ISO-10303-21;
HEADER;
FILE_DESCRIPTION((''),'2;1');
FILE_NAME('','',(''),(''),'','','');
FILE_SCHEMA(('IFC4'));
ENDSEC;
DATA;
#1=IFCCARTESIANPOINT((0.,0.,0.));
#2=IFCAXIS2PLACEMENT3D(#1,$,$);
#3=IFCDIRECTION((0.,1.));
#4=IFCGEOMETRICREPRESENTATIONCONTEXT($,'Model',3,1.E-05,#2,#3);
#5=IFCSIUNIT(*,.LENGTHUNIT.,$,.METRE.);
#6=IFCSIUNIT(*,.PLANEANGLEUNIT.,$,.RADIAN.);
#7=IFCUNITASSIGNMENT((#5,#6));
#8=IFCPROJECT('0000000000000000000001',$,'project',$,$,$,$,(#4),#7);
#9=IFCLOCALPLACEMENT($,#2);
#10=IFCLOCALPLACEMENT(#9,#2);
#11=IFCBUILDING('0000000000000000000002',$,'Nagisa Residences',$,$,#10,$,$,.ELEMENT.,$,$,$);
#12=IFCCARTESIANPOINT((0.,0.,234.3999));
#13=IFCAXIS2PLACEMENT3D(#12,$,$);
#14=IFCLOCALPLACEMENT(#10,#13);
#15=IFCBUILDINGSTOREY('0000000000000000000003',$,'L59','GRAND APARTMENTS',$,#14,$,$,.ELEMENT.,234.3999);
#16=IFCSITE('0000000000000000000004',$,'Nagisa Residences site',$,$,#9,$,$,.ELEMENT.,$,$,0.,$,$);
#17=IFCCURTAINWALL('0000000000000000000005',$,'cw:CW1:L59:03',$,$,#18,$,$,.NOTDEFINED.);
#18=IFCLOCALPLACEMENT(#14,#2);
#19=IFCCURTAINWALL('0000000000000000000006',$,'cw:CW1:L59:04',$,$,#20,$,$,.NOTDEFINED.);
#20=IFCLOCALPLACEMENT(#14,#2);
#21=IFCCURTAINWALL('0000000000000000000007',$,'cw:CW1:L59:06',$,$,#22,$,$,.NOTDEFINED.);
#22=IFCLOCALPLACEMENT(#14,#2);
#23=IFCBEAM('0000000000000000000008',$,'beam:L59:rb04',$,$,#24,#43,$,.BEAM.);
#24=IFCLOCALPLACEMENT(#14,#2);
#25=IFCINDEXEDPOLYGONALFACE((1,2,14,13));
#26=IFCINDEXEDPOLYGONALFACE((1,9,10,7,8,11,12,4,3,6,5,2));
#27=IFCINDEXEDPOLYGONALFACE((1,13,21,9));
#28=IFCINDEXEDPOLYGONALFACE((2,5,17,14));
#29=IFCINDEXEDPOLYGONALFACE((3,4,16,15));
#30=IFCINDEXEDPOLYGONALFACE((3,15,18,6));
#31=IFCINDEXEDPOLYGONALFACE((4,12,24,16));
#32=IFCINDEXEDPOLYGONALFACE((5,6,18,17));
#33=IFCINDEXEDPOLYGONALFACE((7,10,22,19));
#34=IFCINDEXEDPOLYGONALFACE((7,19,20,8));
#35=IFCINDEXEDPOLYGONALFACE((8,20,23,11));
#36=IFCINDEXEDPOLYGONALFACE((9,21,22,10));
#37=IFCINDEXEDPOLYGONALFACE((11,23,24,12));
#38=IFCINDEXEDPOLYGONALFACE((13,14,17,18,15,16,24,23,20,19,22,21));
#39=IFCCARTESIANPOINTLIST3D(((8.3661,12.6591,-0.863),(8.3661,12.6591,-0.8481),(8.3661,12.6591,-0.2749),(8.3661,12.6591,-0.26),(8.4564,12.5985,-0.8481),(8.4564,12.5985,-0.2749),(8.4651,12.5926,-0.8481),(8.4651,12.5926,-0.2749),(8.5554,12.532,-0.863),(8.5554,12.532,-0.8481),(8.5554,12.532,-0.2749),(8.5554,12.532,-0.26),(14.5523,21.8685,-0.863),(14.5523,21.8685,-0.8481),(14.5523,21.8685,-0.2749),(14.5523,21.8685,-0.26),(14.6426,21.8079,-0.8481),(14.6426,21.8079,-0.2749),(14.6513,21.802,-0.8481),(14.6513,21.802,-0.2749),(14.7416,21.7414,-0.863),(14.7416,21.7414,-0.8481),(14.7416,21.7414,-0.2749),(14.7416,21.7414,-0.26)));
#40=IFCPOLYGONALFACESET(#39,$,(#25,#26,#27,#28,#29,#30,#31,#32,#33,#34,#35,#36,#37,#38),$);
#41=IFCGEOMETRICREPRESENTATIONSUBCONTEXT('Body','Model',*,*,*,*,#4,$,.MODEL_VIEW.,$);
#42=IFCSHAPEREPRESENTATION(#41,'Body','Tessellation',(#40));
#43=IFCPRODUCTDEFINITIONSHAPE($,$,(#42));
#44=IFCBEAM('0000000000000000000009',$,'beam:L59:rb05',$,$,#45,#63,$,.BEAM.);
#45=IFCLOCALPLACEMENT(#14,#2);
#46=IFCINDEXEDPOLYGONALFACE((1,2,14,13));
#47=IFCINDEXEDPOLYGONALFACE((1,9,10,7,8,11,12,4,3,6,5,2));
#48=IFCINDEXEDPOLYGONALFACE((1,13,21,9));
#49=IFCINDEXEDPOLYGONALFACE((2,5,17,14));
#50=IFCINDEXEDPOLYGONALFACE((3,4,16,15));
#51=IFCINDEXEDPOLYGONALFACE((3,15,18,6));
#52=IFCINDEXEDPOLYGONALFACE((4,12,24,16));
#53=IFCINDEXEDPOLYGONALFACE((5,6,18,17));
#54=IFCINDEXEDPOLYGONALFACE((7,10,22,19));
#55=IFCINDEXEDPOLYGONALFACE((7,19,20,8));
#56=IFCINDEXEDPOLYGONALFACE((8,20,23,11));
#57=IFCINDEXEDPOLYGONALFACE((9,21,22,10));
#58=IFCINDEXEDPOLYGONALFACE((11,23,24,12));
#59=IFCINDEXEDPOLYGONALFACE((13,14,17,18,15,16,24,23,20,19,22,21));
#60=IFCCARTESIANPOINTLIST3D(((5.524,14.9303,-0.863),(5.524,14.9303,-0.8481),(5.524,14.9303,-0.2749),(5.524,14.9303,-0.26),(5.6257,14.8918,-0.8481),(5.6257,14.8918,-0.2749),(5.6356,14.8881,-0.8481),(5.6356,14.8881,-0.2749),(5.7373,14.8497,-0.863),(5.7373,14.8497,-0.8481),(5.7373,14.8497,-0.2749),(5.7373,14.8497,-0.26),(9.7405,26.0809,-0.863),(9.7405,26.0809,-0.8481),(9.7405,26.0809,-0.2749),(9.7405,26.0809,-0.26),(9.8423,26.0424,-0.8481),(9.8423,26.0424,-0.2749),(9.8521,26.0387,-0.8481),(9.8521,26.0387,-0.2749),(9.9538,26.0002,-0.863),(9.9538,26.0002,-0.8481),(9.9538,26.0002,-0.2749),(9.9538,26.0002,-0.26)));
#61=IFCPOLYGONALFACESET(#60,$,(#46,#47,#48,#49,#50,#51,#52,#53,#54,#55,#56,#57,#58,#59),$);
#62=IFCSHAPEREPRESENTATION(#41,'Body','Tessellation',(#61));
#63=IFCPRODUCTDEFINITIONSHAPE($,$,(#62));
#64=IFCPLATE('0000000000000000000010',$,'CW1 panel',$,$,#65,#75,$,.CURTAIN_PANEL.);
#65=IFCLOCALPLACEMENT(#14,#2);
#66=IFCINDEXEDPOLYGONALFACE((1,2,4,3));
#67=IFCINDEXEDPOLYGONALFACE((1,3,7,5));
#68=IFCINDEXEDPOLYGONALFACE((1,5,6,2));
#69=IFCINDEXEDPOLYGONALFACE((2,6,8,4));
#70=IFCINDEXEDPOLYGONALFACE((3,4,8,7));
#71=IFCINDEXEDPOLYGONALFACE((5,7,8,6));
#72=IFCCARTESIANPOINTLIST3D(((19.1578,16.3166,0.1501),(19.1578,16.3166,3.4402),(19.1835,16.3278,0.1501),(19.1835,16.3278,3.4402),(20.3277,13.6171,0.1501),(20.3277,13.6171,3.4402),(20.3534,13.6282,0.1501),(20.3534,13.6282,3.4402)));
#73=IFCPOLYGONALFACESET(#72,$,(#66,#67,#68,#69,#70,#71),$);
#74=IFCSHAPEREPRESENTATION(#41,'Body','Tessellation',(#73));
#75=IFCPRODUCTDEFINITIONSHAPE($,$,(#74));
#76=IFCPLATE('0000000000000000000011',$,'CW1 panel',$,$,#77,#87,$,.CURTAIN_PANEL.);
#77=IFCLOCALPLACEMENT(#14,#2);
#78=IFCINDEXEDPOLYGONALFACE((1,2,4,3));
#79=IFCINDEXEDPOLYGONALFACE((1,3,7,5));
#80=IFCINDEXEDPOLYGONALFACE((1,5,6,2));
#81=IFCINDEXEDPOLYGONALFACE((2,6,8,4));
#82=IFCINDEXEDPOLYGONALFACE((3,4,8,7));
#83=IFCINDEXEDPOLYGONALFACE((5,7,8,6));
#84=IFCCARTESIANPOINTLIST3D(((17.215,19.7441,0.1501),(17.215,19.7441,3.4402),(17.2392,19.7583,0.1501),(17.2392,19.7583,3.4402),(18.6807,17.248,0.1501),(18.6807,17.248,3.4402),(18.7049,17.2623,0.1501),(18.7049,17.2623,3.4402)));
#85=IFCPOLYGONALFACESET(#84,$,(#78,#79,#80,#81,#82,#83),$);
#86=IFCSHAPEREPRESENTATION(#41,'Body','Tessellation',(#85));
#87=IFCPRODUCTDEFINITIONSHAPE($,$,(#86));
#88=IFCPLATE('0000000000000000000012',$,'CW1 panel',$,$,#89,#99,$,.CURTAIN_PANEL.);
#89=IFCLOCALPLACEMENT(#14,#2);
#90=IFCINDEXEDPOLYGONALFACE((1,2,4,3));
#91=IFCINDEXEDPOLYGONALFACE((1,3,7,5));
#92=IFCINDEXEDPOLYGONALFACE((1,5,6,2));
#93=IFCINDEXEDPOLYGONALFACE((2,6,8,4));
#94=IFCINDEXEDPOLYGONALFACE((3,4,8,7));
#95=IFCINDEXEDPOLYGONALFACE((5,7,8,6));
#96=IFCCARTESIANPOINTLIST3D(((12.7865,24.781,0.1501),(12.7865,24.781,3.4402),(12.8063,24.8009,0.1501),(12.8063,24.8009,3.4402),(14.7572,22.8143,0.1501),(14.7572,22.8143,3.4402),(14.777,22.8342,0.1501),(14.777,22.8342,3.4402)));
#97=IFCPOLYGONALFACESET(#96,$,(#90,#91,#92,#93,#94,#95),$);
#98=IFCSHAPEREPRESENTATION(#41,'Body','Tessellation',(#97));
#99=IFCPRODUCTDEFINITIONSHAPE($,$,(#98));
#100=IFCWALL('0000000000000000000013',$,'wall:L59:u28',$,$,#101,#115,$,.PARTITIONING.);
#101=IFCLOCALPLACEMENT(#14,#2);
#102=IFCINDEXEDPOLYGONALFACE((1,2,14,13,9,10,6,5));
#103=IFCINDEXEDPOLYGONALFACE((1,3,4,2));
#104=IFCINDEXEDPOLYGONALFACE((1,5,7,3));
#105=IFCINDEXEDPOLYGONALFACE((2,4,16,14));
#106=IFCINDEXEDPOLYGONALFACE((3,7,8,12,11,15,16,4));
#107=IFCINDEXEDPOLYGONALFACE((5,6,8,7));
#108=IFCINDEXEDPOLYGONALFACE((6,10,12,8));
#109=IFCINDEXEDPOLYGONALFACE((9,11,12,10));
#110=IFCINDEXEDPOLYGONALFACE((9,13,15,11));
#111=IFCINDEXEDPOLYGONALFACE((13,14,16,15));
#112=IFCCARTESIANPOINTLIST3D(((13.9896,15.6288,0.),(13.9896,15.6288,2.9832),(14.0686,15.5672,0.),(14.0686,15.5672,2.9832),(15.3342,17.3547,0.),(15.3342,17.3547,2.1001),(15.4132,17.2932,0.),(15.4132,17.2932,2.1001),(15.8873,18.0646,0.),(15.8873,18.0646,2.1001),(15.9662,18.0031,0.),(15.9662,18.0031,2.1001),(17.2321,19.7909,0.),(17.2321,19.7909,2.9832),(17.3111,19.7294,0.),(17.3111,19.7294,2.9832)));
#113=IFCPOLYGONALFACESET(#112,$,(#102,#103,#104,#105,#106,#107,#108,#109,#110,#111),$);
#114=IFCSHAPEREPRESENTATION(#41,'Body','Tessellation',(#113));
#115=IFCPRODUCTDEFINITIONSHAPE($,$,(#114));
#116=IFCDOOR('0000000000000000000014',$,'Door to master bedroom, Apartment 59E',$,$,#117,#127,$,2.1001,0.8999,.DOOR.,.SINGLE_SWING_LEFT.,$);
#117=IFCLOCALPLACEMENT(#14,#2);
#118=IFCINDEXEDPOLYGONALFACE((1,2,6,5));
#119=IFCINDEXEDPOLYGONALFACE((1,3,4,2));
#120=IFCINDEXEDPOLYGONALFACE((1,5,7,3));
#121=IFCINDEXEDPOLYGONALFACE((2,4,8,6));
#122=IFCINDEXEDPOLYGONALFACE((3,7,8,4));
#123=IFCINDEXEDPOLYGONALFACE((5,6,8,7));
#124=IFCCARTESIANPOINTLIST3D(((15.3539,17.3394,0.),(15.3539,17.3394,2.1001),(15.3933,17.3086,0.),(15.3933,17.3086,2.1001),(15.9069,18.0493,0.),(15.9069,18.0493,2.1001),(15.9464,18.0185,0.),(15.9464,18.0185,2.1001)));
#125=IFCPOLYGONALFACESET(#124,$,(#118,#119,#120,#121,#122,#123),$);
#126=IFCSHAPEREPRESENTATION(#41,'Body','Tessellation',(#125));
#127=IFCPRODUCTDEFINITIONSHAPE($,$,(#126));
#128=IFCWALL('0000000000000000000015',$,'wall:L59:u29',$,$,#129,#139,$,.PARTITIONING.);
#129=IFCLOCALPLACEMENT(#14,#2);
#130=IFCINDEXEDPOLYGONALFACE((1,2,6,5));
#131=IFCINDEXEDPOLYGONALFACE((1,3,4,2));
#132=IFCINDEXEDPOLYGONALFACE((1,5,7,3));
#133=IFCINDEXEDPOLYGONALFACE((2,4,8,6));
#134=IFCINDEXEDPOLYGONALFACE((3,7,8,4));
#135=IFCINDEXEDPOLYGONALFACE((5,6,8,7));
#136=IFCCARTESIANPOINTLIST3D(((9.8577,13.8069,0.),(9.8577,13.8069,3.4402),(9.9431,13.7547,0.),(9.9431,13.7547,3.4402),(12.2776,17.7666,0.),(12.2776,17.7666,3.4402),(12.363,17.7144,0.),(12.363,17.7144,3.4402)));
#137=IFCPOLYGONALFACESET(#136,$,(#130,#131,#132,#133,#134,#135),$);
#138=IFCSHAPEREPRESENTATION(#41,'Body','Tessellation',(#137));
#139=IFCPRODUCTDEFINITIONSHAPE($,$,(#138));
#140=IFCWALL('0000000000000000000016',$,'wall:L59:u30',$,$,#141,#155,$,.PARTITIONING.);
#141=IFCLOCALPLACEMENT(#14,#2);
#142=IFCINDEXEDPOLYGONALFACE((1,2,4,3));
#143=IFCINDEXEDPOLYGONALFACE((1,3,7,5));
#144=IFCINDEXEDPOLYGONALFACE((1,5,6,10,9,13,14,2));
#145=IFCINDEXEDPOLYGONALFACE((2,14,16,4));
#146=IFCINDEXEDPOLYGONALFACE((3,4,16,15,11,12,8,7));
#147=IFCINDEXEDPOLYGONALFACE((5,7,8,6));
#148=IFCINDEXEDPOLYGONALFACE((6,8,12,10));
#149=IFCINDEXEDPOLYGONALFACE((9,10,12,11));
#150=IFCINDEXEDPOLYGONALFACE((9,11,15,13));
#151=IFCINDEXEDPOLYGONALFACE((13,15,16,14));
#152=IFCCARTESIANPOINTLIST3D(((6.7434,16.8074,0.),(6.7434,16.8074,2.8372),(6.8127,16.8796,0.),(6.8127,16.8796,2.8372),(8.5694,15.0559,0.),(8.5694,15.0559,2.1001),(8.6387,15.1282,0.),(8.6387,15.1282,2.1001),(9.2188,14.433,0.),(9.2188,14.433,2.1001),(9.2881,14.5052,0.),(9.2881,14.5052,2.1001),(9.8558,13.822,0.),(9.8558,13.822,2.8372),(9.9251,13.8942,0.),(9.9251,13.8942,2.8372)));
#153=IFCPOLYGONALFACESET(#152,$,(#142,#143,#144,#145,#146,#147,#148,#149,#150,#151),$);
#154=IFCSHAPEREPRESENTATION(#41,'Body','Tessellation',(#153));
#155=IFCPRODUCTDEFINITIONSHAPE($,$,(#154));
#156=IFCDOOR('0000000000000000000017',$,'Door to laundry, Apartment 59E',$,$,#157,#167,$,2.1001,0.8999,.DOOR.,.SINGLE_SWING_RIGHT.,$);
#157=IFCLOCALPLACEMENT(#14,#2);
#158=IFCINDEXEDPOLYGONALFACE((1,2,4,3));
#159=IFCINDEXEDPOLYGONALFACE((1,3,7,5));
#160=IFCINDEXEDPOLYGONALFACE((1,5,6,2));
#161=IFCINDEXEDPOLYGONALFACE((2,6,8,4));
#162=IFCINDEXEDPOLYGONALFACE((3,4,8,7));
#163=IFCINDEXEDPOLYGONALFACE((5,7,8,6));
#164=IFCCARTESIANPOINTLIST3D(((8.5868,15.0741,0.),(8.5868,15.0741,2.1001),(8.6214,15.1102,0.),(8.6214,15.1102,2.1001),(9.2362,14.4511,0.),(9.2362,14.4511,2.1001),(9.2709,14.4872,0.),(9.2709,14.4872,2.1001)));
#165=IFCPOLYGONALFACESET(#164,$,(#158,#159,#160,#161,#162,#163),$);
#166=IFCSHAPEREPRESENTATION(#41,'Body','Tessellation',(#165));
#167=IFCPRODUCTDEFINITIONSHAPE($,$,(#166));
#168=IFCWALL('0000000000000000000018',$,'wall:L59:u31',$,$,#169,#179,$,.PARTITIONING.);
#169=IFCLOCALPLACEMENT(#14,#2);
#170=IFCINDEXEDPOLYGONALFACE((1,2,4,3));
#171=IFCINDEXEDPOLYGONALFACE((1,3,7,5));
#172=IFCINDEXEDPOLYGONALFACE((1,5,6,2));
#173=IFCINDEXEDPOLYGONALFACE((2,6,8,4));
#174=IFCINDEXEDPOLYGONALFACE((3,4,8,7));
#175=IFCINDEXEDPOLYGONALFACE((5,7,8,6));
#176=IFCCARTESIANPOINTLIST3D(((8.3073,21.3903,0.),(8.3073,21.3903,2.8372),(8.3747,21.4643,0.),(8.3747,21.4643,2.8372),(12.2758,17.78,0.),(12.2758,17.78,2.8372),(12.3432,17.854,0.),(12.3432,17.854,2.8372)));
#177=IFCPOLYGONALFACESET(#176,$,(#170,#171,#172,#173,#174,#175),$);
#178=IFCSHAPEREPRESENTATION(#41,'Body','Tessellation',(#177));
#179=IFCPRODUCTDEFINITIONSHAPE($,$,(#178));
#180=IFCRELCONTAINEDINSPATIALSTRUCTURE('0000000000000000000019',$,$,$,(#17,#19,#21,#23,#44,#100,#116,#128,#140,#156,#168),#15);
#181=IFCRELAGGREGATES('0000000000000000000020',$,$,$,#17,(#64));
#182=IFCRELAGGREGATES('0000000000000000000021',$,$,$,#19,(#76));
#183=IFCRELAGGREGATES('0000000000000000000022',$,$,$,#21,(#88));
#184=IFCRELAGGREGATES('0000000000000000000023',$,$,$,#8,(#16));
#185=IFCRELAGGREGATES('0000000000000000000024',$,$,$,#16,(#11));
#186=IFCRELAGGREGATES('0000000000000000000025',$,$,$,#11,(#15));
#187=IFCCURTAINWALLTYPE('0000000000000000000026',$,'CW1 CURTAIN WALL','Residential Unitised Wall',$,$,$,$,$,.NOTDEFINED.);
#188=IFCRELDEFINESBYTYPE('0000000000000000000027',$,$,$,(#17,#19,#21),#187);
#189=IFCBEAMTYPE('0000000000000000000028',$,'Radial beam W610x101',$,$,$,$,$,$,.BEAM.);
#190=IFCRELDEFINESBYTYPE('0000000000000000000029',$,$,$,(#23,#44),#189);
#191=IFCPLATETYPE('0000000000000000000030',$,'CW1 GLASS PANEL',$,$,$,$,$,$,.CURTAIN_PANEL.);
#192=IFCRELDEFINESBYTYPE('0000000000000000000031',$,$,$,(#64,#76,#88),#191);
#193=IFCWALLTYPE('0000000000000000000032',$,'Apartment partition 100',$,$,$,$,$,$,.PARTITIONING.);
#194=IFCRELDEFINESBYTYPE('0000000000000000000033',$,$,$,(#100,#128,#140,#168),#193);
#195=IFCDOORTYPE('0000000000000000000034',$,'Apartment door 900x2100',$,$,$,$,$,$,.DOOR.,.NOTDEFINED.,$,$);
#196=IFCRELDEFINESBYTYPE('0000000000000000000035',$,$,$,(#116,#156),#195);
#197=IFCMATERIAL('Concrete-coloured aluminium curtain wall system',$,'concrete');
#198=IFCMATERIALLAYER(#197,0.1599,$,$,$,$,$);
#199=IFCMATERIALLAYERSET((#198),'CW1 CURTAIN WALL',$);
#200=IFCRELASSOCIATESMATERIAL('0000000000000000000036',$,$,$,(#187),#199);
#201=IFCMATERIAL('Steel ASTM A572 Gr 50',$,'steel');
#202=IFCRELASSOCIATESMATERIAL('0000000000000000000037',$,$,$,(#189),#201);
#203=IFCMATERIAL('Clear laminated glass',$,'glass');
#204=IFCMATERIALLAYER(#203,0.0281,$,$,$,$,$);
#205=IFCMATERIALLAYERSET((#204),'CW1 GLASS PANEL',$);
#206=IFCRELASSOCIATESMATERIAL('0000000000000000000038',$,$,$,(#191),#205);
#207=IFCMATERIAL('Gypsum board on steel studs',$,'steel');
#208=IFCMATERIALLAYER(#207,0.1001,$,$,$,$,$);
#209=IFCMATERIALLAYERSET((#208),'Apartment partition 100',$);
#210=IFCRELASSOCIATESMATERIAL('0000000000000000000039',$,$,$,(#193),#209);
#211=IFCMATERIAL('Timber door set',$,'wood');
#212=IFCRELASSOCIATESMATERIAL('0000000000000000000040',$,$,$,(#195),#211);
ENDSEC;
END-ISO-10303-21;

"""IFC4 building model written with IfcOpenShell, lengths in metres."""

from ifc_helpers import new_model, si_unit, direction, frame, frame_2d, origin, origin_2d, place, context, subcontext, project, spatial, rectangle, i_section, extrude, material, layer, layer_set, material_profile, profile_set, type_object, element, fill, aggregate, save


model = new_model("IFC4")

# Units and contexts
model_context = context("Model", 3, precision=1e-05, world=origin(), true_north=direction((0.0, 1.0)))
body_context = subcontext(model_context, "Body", "Model", "MODEL_VIEW")
ifc_project = project(units=[si_unit("LENGTHUNIT", "METRE"), si_unit("PLANEANGLEUNIT", "RADIAN")], contexts=[model_context])

# Site, building, storey
site_placement = place(None, origin())
site = spatial("IfcSite", under=ifc_project, at=site_placement, Name="Nagisa Residences site", CompositionType="ELEMENT", RefElevation=0.0)
building_placement = place(site_placement, origin())
building = spatial("IfcBuilding", under=site, at=building_placement, Name="Nagisa Residences", CompositionType="ELEMENT")
storey_placement = place(building_placement, frame((0.0, 0.0, 234.3999)))
storey = spatial("IfcBuildingStorey", under=building, at=storey_placement, Name="L59", Description="GRAND APARTMENTS", CompositionType="ELEMENT", Elevation=234.3999)

# Curtain walls
ifc_material_1 = material(Name="Concrete-coloured aluminium curtain wall system", Category="concrete")
ifc_layer_1 = layer(ifc_material_1, 0.1599)
ifc_layer_set_1 = layer_set([ifc_layer_1], Name="CW1 CURTAIN WALL")
curtain_wall_type = type_object("IfcCurtainWallType", Name="CW1 CURTAIN WALL", Description="Residential Unitised Wall", PredefinedType="NOTDEFINED", material=ifc_layer_set_1)
curtain_wall_1_placement = place(storey_placement, origin())
curtain_wall_1 = element("IfcCurtainWall", 1, at=curtain_wall_1_placement, inside=storey, type_object=curtain_wall_type, Name="cw:CW1:L59:03", PredefinedType="NOTDEFINED")
curtain_wall_2_placement = place(storey_placement, origin())
curtain_wall_2 = element("IfcCurtainWall", 2, at=curtain_wall_2_placement, inside=storey, type_object=curtain_wall_type, Name="cw:CW1:L59:04", PredefinedType="NOTDEFINED")
curtain_wall_3_placement = place(storey_placement, origin())
curtain_wall_3 = element("IfcCurtainWall", 3, at=curtain_wall_3_placement, inside=storey, type_object=curtain_wall_type, Name="cw:CW1:L59:06", PredefinedType="NOTDEFINED")

# Beams
ifc_material_2 = material(Name="Steel ASTM A572 Gr 50", Category="steel")
ifc_material_profile_1 = material_profile(ifc_material_2, i_section(OverallWidth=0.228, OverallDepth=0.603, WebThickness=0.0105, FlangeThickness=0.0149, at=origin_2d()), Name="W610x101")
ifc_profile_set_1 = profile_set([ifc_material_profile_1], Name="Steel ASTM A572 Gr 50")
beam_type_1 = type_object("IfcBeamType", Name="Radial beam W610x101", PredefinedType="BEAM", material=ifc_profile_set_1)
beam_1_placement = place(storey_placement, frame((14.647, 21.8049, -0.5615), z_axis=(-0.557607, -0.830105, 0.0), x_axis=(0.830105, -0.557607, 0.0)))
element("IfcBeam", 4, at=beam_1_placement, inside=storey, type_object=beam_type_1, Name="beam:L59:rb04", PredefinedType="BEAM", context=body_context, shape_type="SweptSolid", body=[
    extrude(i_section(OverallWidth=0.228, OverallDepth=0.603, WebThickness=0.0105, FlangeThickness=0.0149, at=origin_2d()), origin(), (0.0, 0.0, 1.0), 11.0942),
])
beam_2_placement = place(storey_placement, frame((9.8472, 26.0405, -0.5615), z_axis=(-0.353701, -0.935359, 0.0), x_axis=(0.935359, -0.353701, 0.0)))
element("IfcBeam", 5, at=beam_2_placement, inside=storey, type_object=beam_type_1, Name="beam:L59:rb05", PredefinedType="BEAM", context=body_context, shape_type="SweptSolid", body=[
    extrude(i_section(OverallWidth=0.228, OverallDepth=0.603, WebThickness=0.0105, FlangeThickness=0.0149, at=origin_2d()), origin(), (0.0, 0.0, 1.0), 11.9211),
])

# Plates
ifc_material_3 = material(Name="Clear laminated glass", Category="glass")
ifc_layer_2 = layer(ifc_material_3, 0.0281)
ifc_layer_set_2 = layer_set([ifc_layer_2], Name="CW1 GLASS PANEL")
plate_type = type_object("IfcPlateType", Name="CW1 GLASS PANEL", PredefinedType="CURTAIN_PANEL", material=ifc_layer_set_2)
plate_1_placement = place(storey_placement, frame((19.7556, 14.9724, 0.1501), z_axis=(0.0, 0.0, 1.0), x_axis=(-0.397636, 0.917543, 0.0)))
plate_1 = element("IfcPlate", 6, at=plate_1_placement, type_object=plate_type, Name="CW1 panel", PredefinedType="CURTAIN_PANEL", context=body_context, shape_type="SweptSolid", body=[
    extrude(rectangle(XDim=2.9421, YDim=0.0281, at=origin_2d()), origin(), (0.0, 0.0, 1.0), 3.29),
])
aggregate(curtain_wall_1, [plate_1])
plate_2_placement = place(storey_placement, frame((17.96, 18.5032, 0.1501), z_axis=(0.0, 0.0, 1.0), x_axis=(-0.506349, 0.862329, 0.0)))
plate_2 = element("IfcPlate", 7, at=plate_2_placement, type_object=plate_type, Name="CW1 panel", PredefinedType="CURTAIN_PANEL", context=body_context, shape_type="SweptSolid", body=[
    extrude(rectangle(XDim=2.8945, YDim=0.0281, at=origin_2d()), origin(), (0.0, 0.0, 1.0), 3.29),
])
aggregate(curtain_wall_2, [plate_2])
plate_3_placement = place(storey_placement, frame((13.7817, 23.8076, 0.1501), z_axis=(0.0, 0.0, 1.0), x_axis=(-0.707836, 0.706377, 0.0)))
plate_3 = element("IfcPlate", 8, at=plate_3_placement, type_object=plate_type, Name="CW1 panel", PredefinedType="CURTAIN_PANEL", context=body_context, shape_type="SweptSolid", body=[
    extrude(rectangle(XDim=2.7842, YDim=0.0281, at=origin_2d()), origin(), (0.0, 0.0, 1.0), 3.29),
])
aggregate(curtain_wall_3, [plate_3])

# Wall, opening, door
ifc_material_4 = material(Name="Gypsum board on steel studs", Category="steel")
ifc_layer_3 = layer(ifc_material_4, 0.1001)
ifc_layer_set_3 = layer_set([ifc_layer_3], Name="Apartment partition 100")
wall_type_1 = type_object("IfcWallType", Name="Apartment partition 100", PredefinedType="PARTITIONING", material=ifc_layer_set_3)
wall_1_placement = place(storey_placement, frame((14.0291, 15.5979, 0.0), z_axis=(0.0, 0.0, 1.0), x_axis=(0.614559, 0.788871, 0.0)))
wall_1 = element("IfcWall", 9, at=wall_1_placement, inside=storey, type_object=wall_type_1, Name="wall:L59:u28", PredefinedType="PARTITIONING", context=body_context, shape_type="SweptSolid", body=[
    extrude(rectangle(XDim=5.2761, YDim=0.1001, at=frame_2d((2.6382, 0.0))), origin(), (0.0, 0.0, 1.0), 2.9832),
])
opening_1_placement = place(wall_1_placement, frame((2.188, 0.0, 0.0)))
opening_1 = element("IfcOpeningElement", 10, at=opening_1_placement, cuts=wall_1, PredefinedType="OPENING", context=body_context, shape_type="SweptSolid", body=[
    extrude(rectangle(XDim=0.8999, YDim=2.1001, at=frame_2d((0.45, 1.05))), frame((0.0, 0.0601, 0.0), z_axis=(0.0, -1.0, 0.0), x_axis=(1.0, 0.0, 0.0)), (0.0, 0.0, 1.0), 0.1201),
])
ifc_material_5 = material(Name="Timber door set", Category="wood")
door_type_1 = type_object("IfcDoorType", Name="Apartment door 900x2100", OperationType="NOTDEFINED", PredefinedType="DOOR", material=ifc_material_5)
door_1_placement = place(opening_1_placement, frame((0.8999, 0.0, 0.0), x_axis=(-1.0, 0.0, 0.0)))
door_1 = element("IfcDoor", 11, at=door_1_placement, inside=storey, type_object=door_type_1, Name="Door to master bedroom, Apartment 59E", OperationType="SINGLE_SWING_LEFT", OverallHeight=2.1001, OverallWidth=0.8999, PredefinedType="DOOR", context=body_context, shape_type="SweptSolid", body=[
    extrude(rectangle(XDim=0.8999, YDim=2.1001, at=frame_2d((0.45, 1.05))), frame((0.0, 0.0249, 0.0), z_axis=(0.0, -1.0, 0.0), x_axis=(1.0, 0.0, 0.0)), (0.0, 0.0, 1.0), 0.05),
])
fill(opening_1, door_1)

# Wall
wall_2_placement = place(storey_placement, frame((9.9004, 13.7808, 0.0), z_axis=(0.0, 0.0, 1.0), x_axis=(0.521465, 0.853273, 0.0)))
element("IfcWall", 12, at=wall_2_placement, inside=storey, type_object=wall_type_1, Name="wall:L59:u29", PredefinedType="PARTITIONING", context=body_context, shape_type="SweptSolid", body=[
    extrude(rectangle(XDim=4.6406, YDim=0.1001, at=frame_2d((2.3203, 0.0))), origin(), (0.0, 0.0, 1.0), 3.4402),
])

# Wall, opening, door
wall_3_placement = place(storey_placement, frame((9.8904, 13.8582, 0.0), z_axis=(0.0, 0.0, 1.0), x_axis=(-0.721672, 0.692235, 0.0)))
wall_3 = element("IfcWall", 13, at=wall_3_placement, inside=storey, type_object=wall_type_1, Name="wall:L59:u30", PredefinedType="PARTITIONING", context=body_context, shape_type="SweptSolid", body=[
    extrude(rectangle(XDim=4.3127, YDim=0.1001, at=frame_2d((2.1562, 0.0))), origin(), (0.0, 0.0, 1.0), 2.8372),
])
opening_2_placement = place(wall_3_placement, frame((0.8826, 0.0, 0.0)))
opening_2 = element("IfcOpeningElement", 14, at=opening_2_placement, cuts=wall_3, PredefinedType="OPENING", context=body_context, shape_type="SweptSolid", body=[
    extrude(rectangle(XDim=0.8999, YDim=2.1001, at=frame_2d((0.45, 1.05))), frame((0.0, 0.0601, 0.0), z_axis=(0.0, -1.0, 0.0), x_axis=(1.0, 0.0, 0.0)), (0.0, 0.0, 1.0), 0.1201),
])
door_2_placement = place(opening_2_placement, origin())
door_2 = element("IfcDoor", 15, at=door_2_placement, inside=storey, type_object=door_type_1, Name="Door to laundry, Apartment 59E", OperationType="SINGLE_SWING_RIGHT", OverallHeight=2.1001, OverallWidth=0.8999, PredefinedType="DOOR", context=body_context, shape_type="SweptSolid", body=[
    extrude(rectangle(XDim=0.8999, YDim=2.1001, at=frame_2d((0.45, 1.05))), frame((0.0, 0.0249, 0.0), z_axis=(0.0, -1.0, 0.0), x_axis=(1.0, 0.0, 0.0)), (0.0, 0.0, 1.0), 0.05),
])
fill(opening_2, door_2)

# Wall
wall_4_placement = place(storey_placement, frame((12.3096, 17.8169, 0.0), z_axis=(0.0, 0.0, 1.0), x_axis=(-0.739697, 0.67294, 0.0)))
element("IfcWall", 16, at=wall_4_placement, inside=storey, type_object=wall_type_1, Name="wall:L59:u31", PredefinedType="PARTITIONING", context=body_context, shape_type="SweptSolid", body=[
    extrude(rectangle(XDim=5.365, YDim=0.1001, at=frame_2d((2.6826, 0.0))), origin(), (0.0, 0.0, 1.0), 2.8372),
])

save(model, "model.ifc")
